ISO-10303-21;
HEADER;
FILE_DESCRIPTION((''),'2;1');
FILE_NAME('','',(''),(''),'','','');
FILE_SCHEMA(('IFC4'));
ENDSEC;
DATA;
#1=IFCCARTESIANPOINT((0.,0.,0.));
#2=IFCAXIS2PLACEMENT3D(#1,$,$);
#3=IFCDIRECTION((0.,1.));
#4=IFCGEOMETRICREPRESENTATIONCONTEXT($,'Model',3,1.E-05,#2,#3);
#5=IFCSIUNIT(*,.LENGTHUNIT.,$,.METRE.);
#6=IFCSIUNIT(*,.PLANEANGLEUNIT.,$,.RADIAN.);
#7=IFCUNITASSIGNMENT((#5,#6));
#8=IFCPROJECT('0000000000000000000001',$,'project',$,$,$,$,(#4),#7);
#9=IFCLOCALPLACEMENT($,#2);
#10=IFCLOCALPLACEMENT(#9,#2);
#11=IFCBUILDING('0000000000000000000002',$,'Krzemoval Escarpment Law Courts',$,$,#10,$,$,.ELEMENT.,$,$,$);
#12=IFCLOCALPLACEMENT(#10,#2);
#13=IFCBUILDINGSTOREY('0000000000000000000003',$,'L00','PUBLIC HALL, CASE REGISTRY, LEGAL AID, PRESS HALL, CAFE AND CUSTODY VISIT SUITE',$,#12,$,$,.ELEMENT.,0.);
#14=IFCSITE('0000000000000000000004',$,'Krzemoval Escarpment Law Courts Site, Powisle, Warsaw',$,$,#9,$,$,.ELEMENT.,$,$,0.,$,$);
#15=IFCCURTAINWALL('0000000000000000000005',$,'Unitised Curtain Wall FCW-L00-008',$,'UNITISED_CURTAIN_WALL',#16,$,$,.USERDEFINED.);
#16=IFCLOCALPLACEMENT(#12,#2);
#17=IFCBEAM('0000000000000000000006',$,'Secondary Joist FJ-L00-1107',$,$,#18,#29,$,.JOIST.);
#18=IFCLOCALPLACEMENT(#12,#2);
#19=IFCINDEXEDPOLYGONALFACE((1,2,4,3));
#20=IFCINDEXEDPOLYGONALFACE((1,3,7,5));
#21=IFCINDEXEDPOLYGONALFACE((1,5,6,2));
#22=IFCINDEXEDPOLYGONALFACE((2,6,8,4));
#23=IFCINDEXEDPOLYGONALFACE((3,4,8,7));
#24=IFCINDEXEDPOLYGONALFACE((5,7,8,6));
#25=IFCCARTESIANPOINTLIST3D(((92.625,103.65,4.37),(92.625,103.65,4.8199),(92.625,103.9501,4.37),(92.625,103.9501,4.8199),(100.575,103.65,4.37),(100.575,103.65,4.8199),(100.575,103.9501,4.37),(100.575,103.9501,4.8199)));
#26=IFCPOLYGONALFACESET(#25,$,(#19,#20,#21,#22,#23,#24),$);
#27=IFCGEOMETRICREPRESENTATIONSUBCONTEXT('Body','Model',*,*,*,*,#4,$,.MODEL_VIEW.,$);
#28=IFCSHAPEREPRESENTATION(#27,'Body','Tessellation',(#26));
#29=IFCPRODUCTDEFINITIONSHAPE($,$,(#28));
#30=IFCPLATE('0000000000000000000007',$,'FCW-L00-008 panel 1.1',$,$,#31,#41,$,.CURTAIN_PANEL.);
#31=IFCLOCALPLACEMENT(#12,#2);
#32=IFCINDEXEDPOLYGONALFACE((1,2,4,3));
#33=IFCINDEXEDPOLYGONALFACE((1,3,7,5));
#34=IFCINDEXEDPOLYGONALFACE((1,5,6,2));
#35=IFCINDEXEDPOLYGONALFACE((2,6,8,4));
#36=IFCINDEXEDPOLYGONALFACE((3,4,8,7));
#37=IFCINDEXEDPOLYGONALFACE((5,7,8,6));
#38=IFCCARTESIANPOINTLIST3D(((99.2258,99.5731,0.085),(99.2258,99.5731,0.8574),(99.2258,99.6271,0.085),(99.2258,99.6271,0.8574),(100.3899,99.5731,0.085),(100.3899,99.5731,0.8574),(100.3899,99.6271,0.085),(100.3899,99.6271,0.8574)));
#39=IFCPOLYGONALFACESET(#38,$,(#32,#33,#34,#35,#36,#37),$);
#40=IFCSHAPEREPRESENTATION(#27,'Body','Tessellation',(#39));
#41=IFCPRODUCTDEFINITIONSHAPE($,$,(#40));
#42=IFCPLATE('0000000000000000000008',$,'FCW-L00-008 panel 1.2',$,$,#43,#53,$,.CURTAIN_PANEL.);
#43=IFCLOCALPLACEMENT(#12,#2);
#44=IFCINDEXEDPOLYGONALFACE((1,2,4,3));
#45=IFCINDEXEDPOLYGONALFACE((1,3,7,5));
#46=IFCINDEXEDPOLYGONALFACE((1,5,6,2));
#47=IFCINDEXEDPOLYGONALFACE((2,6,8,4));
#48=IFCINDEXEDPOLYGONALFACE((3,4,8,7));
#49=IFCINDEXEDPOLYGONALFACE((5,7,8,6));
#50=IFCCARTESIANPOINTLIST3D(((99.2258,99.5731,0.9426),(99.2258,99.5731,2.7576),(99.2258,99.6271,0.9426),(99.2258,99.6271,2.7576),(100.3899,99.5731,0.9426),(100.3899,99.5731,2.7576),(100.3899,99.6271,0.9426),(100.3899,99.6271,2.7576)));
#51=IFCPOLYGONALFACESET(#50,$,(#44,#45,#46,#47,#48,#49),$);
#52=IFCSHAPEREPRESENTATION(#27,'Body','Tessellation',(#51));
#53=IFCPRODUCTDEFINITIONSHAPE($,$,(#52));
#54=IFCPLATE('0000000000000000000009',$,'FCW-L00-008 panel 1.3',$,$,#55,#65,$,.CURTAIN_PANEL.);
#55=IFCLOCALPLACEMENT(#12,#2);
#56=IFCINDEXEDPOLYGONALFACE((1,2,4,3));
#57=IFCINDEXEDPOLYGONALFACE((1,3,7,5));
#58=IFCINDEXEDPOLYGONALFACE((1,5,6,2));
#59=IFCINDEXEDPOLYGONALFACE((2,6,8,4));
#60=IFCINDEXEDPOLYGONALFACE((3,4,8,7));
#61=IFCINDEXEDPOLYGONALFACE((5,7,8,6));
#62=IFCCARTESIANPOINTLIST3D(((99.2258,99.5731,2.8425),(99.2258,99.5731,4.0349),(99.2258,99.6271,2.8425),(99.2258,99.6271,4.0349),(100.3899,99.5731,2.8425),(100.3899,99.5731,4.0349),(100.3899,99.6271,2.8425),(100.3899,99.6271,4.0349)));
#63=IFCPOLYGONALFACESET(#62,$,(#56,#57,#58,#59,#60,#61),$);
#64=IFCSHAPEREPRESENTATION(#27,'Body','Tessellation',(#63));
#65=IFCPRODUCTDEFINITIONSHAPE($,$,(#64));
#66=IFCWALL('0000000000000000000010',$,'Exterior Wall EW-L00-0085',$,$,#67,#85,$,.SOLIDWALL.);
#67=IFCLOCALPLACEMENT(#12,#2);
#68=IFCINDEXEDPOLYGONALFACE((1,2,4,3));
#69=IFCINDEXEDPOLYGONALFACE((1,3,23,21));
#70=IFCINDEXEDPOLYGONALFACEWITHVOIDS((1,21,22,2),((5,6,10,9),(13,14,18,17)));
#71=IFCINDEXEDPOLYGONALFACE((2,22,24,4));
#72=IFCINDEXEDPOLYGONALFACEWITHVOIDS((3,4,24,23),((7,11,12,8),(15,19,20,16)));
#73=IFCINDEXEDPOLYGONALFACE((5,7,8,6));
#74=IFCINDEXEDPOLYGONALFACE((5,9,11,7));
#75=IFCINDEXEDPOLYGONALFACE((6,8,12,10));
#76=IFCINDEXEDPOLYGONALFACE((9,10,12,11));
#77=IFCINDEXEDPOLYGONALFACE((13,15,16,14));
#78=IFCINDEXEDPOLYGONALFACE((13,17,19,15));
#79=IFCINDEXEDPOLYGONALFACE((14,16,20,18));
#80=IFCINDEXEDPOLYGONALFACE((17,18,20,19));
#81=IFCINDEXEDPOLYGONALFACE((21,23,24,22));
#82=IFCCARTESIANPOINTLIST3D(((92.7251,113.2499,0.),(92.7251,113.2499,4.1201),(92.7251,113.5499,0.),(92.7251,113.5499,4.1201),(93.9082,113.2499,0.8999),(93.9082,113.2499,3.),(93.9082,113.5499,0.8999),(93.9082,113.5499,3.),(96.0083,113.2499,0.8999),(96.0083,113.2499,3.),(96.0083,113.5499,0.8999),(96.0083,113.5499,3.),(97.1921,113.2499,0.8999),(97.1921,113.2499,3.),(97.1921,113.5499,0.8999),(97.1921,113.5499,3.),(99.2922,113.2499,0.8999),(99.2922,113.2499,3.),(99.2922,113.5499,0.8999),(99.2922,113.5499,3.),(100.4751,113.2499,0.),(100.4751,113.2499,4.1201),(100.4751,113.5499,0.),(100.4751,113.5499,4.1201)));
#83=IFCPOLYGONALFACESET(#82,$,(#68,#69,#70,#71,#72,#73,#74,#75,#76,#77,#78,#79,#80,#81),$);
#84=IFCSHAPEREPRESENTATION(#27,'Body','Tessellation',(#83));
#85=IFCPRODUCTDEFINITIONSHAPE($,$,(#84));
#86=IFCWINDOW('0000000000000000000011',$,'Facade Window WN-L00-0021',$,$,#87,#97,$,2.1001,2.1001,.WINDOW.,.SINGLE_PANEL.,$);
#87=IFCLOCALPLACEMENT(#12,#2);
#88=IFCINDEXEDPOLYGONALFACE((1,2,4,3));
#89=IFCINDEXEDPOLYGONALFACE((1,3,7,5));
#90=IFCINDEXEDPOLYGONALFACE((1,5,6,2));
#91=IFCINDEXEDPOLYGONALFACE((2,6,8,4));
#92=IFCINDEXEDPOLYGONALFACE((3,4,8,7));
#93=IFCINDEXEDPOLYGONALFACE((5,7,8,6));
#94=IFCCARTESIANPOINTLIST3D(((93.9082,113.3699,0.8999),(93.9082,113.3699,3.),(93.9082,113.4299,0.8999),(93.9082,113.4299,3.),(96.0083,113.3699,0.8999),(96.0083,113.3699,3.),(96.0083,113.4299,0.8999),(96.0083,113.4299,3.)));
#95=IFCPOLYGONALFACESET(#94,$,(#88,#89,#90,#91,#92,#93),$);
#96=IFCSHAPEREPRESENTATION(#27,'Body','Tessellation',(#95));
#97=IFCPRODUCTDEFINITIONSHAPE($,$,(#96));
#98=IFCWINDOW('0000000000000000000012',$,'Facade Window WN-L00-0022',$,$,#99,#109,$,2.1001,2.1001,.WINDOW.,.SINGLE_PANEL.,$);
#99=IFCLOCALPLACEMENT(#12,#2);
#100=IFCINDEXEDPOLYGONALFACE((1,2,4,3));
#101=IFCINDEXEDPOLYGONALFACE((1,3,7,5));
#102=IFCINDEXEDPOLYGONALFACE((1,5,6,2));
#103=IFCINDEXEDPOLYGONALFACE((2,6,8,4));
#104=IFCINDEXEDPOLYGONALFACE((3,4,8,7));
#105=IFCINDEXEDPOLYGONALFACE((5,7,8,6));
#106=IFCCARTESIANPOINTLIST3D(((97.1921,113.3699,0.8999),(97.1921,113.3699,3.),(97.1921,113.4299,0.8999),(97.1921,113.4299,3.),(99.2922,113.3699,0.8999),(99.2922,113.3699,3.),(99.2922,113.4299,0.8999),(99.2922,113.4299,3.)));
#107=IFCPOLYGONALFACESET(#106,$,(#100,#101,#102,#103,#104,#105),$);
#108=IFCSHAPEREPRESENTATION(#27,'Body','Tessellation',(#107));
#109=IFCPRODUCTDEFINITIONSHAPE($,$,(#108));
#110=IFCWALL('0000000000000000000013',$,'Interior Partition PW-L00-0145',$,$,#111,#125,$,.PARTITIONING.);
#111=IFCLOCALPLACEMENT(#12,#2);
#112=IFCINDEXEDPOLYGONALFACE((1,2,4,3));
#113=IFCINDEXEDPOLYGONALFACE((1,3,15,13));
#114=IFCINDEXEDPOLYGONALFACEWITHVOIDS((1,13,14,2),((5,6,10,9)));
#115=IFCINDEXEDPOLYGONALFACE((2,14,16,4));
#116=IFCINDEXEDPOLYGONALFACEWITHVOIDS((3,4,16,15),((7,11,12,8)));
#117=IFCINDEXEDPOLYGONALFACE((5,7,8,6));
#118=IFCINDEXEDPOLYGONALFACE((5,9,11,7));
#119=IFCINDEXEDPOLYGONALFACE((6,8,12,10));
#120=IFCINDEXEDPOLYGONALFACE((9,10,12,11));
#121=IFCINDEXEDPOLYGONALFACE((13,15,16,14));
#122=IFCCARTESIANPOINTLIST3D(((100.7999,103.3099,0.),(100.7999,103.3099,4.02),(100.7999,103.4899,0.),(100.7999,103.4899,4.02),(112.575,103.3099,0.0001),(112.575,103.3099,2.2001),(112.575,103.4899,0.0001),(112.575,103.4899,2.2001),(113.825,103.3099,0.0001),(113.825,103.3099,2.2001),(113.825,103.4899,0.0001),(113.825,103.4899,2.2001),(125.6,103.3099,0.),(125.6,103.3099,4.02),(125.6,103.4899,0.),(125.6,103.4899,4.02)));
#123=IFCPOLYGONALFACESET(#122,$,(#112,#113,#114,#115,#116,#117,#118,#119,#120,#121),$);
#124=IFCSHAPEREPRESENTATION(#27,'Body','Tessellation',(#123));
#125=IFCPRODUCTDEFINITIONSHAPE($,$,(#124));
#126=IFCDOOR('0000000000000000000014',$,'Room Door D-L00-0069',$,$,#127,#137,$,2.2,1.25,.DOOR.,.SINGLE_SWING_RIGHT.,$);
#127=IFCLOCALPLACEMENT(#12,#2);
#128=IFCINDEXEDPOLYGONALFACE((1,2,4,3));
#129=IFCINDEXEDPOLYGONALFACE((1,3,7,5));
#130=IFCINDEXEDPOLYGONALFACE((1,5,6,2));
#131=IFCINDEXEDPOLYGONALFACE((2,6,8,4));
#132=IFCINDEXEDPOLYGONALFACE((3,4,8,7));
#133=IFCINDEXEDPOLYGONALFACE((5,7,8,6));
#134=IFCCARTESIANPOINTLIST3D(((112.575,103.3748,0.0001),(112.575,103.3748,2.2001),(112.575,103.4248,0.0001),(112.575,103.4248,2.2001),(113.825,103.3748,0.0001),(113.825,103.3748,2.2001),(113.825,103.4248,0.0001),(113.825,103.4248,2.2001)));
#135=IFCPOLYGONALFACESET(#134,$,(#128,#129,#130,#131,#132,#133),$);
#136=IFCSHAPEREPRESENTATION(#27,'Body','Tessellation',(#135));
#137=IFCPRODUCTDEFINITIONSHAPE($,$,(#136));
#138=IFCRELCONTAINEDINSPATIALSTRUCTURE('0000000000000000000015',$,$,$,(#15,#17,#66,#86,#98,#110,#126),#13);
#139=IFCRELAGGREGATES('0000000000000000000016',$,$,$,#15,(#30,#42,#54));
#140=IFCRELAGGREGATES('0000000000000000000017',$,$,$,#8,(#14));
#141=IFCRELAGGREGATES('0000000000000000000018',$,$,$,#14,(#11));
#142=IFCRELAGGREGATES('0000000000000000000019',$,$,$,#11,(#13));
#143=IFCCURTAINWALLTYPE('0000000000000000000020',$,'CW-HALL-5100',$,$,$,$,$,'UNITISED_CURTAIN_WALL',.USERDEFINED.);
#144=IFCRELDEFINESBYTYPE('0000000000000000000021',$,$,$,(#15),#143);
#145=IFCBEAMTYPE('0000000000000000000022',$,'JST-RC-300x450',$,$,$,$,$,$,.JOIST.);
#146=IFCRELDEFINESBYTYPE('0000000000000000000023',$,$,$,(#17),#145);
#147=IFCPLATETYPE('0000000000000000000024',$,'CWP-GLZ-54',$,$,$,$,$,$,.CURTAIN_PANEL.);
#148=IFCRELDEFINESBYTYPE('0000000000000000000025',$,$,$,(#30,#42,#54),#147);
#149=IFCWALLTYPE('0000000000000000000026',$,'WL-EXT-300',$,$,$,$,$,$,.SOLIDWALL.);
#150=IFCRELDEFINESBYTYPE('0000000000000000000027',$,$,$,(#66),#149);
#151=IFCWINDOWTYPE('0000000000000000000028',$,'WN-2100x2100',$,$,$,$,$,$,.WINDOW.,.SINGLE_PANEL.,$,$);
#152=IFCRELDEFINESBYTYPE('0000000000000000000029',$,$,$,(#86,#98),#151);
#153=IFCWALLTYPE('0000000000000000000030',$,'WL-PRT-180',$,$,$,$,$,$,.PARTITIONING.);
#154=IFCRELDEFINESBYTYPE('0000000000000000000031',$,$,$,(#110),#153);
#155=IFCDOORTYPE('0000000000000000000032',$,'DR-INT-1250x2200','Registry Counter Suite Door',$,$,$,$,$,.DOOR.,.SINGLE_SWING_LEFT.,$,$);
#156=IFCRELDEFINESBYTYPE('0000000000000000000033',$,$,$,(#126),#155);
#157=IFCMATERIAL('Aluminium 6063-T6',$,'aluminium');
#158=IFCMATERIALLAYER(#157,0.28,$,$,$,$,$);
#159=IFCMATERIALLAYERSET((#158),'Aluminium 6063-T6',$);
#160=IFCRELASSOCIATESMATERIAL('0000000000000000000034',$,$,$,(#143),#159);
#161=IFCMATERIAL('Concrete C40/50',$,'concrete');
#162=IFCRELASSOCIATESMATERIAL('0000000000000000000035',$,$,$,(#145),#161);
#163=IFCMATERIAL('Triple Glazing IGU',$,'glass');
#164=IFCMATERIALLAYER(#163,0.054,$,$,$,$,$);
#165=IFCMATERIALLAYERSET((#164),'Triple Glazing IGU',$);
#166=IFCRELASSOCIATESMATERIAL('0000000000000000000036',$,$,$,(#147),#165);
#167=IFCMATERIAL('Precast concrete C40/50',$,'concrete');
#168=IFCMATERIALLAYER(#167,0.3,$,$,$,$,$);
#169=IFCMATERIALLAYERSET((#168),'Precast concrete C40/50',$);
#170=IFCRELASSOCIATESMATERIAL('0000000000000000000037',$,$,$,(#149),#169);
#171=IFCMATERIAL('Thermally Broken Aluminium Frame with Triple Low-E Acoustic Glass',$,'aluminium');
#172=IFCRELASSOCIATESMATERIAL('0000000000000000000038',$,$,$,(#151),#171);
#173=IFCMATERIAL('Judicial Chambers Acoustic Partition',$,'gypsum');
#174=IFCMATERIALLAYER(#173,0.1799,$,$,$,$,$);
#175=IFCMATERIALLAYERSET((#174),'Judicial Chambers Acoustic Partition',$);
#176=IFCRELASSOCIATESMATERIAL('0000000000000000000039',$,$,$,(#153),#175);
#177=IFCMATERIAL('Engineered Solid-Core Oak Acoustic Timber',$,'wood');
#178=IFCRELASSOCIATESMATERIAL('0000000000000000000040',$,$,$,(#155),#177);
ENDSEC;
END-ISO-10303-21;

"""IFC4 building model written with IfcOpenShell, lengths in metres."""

from ifc_helpers import new_model, si_unit, direction, frame, frame_2d, origin, origin_2d, place, context, subcontext, project, spatial, rectangle, extrude, material, layer, layer_set, material_profile, profile_set, type_object, element, fill, aggregate, save


model = new_model("IFC4")

# Units and contexts
model_context = context("Model", 3, precision=1e-05, world=origin(), true_north=direction((0.0, 1.0)))
body_context = subcontext(model_context, "Body", "Model", "MODEL_VIEW")
ifc_project = project(units=[si_unit("LENGTHUNIT", "METRE"), si_unit("PLANEANGLEUNIT", "RADIAN")], contexts=[model_context])

# Site, building, storey
site_placement = place(None, origin())
site = spatial("IfcSite", under=ifc_project, at=site_placement, Name="Krzemoval Escarpment Law Courts Site, Powisle, Warsaw", CompositionType="ELEMENT", RefElevation=0.0)
building_placement = place(site_placement, origin())
building = spatial("IfcBuilding", under=site, at=building_placement, Name="Krzemoval Escarpment Law Courts", CompositionType="ELEMENT")
storey_placement = place(building_placement, origin())
storey = spatial("IfcBuildingStorey", under=building, at=storey_placement, Name="L00", Description="PUBLIC HALL, CASE REGISTRY, LEGAL AID, PRESS HALL, CAFE AND CUSTODY VISIT SUITE", CompositionType="ELEMENT", Elevation=0.0)

# Curtain wall
ifc_material_1 = material(Name="Aluminium 6063-T6", Category="aluminium")
ifc_layer_1 = layer(ifc_material_1, 0.28)
ifc_layer_set_1 = layer_set([ifc_layer_1], Name="Aluminium 6063-T6")
curtain_wall_type = type_object("IfcCurtainWallType", Name="CW-HALL-5100", ElementType="UNITISED_CURTAIN_WALL", PredefinedType="USERDEFINED", material=ifc_layer_set_1)
curtain_wall_placement = place(storey_placement, origin())
curtain_wall = element("IfcCurtainWall", 1, at=curtain_wall_placement, inside=storey, type_object=curtain_wall_type, Name="Unitised Curtain Wall FCW-L00-008", ObjectType="UNITISED_CURTAIN_WALL", PredefinedType="USERDEFINED")

# Beam
ifc_material_2 = material(Name="Concrete C40/50", Category="concrete")
ifc_material_profile_1 = material_profile(ifc_material_2, rectangle(XDim=0.3, YDim=0.45, at=origin_2d()), Name="RCB 300x450")
ifc_profile_set_1 = profile_set([ifc_material_profile_1], Name="Concrete C40/50")
beam_type_1 = type_object("IfcBeamType", Name="JST-RC-300x450", PredefinedType="JOIST", material=ifc_profile_set_1)
beam_1_placement = place(storey_placement, frame((92.625, 103.8, 4.595), z_axis=(1.0, 0.0, 0.0), x_axis=(0.0, 1.0, 0.0)))
element("IfcBeam", 2, at=beam_1_placement, inside=storey, type_object=beam_type_1, Name="Secondary Joist FJ-L00-1107", PredefinedType="JOIST", context=body_context, shape_type="SweptSolid", body=[
    extrude(rectangle(XDim=0.3, YDim=0.45, at=origin_2d()), origin(), (0.0, 0.0, 1.0), 7.95),
])

# Plates
ifc_material_3 = material(Name="Triple Glazing IGU", Category="glass")
ifc_layer_2 = layer(ifc_material_3, 0.054)
ifc_layer_set_2 = layer_set([ifc_layer_2], Name="Triple Glazing IGU")
plate_type = type_object("IfcPlateType", Name="CWP-GLZ-54", PredefinedType="CURTAIN_PANEL", material=ifc_layer_set_2)
plate_1_placement = place(storey_placement, frame((99.8079, 99.6001, 0.085), z_axis=(0.0, 0.0, 1.0), x_axis=(-1.0, 0.0, 0.0)))
plate_1 = element("IfcPlate", 3, at=plate_1_placement, type_object=plate_type, Name="FCW-L00-008 panel 1.1", PredefinedType="CURTAIN_PANEL", context=body_context, shape_type="SweptSolid", body=[
    extrude(rectangle(XDim=1.1641, YDim=0.054, at=origin_2d()), origin(), (0.0, 0.0, 1.0), 0.7725),
])
plate_2_placement = place(storey_placement, frame((99.8079, 99.6001, 0.9426), z_axis=(0.0, 0.0, 1.0), x_axis=(-1.0, 0.0, 0.0)))
plate_2 = element("IfcPlate", 4, at=plate_2_placement, type_object=plate_type, Name="FCW-L00-008 panel 1.2", PredefinedType="CURTAIN_PANEL", context=body_context, shape_type="SweptSolid", body=[
    extrude(rectangle(XDim=1.1641, YDim=0.054, at=origin_2d()), origin(), (0.0, 0.0, 1.0), 1.8149),
])
plate_3_placement = place(storey_placement, frame((99.8079, 99.6001, 2.8425), z_axis=(0.0, 0.0, 1.0), x_axis=(-1.0, 0.0, 0.0)))
plate_3 = element("IfcPlate", 5, at=plate_3_placement, type_object=plate_type, Name="FCW-L00-008 panel 1.3", PredefinedType="CURTAIN_PANEL", context=body_context, shape_type="SweptSolid", body=[
    extrude(rectangle(XDim=1.1641, YDim=0.054, at=origin_2d()), origin(), (0.0, 0.0, 1.0), 1.1924),
])
aggregate(curtain_wall, [plate_1, plate_2, plate_3])

# Wall, openings, windows
ifc_material_4 = material(Name="Precast concrete C40/50", Category="concrete")
ifc_layer_3 = layer(ifc_material_4, 0.3)
ifc_layer_set_3 = layer_set([ifc_layer_3], Name="Precast concrete C40/50")
wall_type_1 = type_object("IfcWallType", Name="WL-EXT-300", PredefinedType="SOLIDWALL", material=ifc_layer_set_3)
wall_1_placement = place(storey_placement, frame((92.7251, 113.3999, 0.0), z_axis=(0.0, 0.0, 1.0), x_axis=(1.0, 0.0, 0.0)))
wall_1 = element("IfcWall", 6, at=wall_1_placement, inside=storey, type_object=wall_type_1, Name="Exterior Wall EW-L00-0085", PredefinedType="SOLIDWALL", context=body_context, shape_type="SweptSolid", body=[
    extrude(rectangle(XDim=7.75, YDim=0.3, at=frame_2d((3.875, 0.0))), origin(), (0.0, 0.0, 1.0), 4.1201),
])
opening_1_placement = place(wall_1_placement, frame((1.1831, 0.0, 0.8999)))
opening_1 = element("IfcOpeningElement", 7, at=opening_1_placement, cuts=wall_1, PredefinedType="OPENING", context=body_context, shape_type="SweptSolid", body=[
    extrude(rectangle(XDim=2.1001, YDim=2.1001, at=frame_2d((1.05, 1.05))), frame((0.0, 0.165, 0.0), z_axis=(0.0, -1.0, 0.0), x_axis=(1.0, 0.0, 0.0)), (0.0, 0.0, 1.0), 0.3301),
])
opening_2_placement = place(wall_1_placement, frame((4.467, 0.0, 0.8999)))
opening_2 = element("IfcOpeningElement", 8, at=opening_2_placement, cuts=wall_1, PredefinedType="OPENING", context=body_context, shape_type="SweptSolid", body=[
    extrude(rectangle(XDim=2.1001, YDim=2.1001, at=frame_2d((1.05, 1.05))), frame((0.0, 0.165, 0.0), z_axis=(0.0, -1.0, 0.0), x_axis=(1.0, 0.0, 0.0)), (0.0, 0.0, 1.0), 0.3301),
])
ifc_material_5 = material(Name="Thermally Broken Aluminium Frame with Triple Low-E Acoustic Glass", Category="aluminium")
window_type = type_object("IfcWindowType", Name="WN-2100x2100", PartitioningType="SINGLE_PANEL", PredefinedType="WINDOW", material=ifc_material_5)
window_1_placement = place(opening_1_placement, origin())
window_1 = element("IfcWindow", 9, at=window_1_placement, inside=storey, type_object=window_type, Name="Facade Window WN-L00-0021", OverallHeight=2.1001, OverallWidth=2.1001, PartitioningType="SINGLE_PANEL", PredefinedType="WINDOW", context=body_context, shape_type="SweptSolid", body=[
    extrude(rectangle(XDim=2.1001, YDim=2.1001, at=frame_2d((1.05, 1.05))), frame((0.0, 0.03, 0.0), z_axis=(0.0, -1.0, 0.0), x_axis=(1.0, 0.0, 0.0)), (0.0, 0.0, 1.0), 0.0601),
])
fill(opening_1, window_1)
window_2_placement = place(opening_2_placement, origin())
window_2 = element("IfcWindow", 10, at=window_2_placement, inside=storey, type_object=window_type, Name="Facade Window WN-L00-0022", OverallHeight=2.1001, OverallWidth=2.1001, PartitioningType="SINGLE_PANEL", PredefinedType="WINDOW", context=body_context, shape_type="SweptSolid", body=[
    extrude(rectangle(XDim=2.1001, YDim=2.1001, at=frame_2d((1.05, 1.05))), frame((0.0, 0.03, 0.0), z_axis=(0.0, -1.0, 0.0), x_axis=(1.0, 0.0, 0.0)), (0.0, 0.0, 1.0), 0.0601),
])
fill(opening_2, window_2)

# Wall, opening, door
ifc_material_6 = material(Name="Judicial Chambers Acoustic Partition", Category="gypsum")
ifc_layer_4 = layer(ifc_material_6, 0.1799)
ifc_layer_set_4 = layer_set([ifc_layer_4], Name="Judicial Chambers Acoustic Partition")
wall_type_2 = type_object("IfcWallType", Name="WL-PRT-180", PredefinedType="PARTITIONING", material=ifc_layer_set_4)
wall_2_placement = place(storey_placement, frame((100.8, 103.3999, 0.0), z_axis=(0.0, 0.0, 1.0), x_axis=(1.0, 0.0, 0.0)))
wall_2 = element("IfcWall", 11, at=wall_2_placement, inside=storey, type_object=wall_type_2, Name="Interior Partition PW-L00-0145", PredefinedType="PARTITIONING", context=body_context, shape_type="SweptSolid", body=[
    extrude(rectangle(XDim=24.8, YDim=0.1799, at=frame_2d((12.3999, 0.0))), origin(), (0.0, 0.0, 1.0), 4.02),
])
opening_3_placement = place(wall_2_placement, frame((11.7749, 0.0, 0.0)))
opening_3 = element("IfcOpeningElement", 12, at=opening_3_placement, cuts=wall_2, PredefinedType="OPENING", context=body_context, shape_type="SweptSolid", body=[
    extrude(rectangle(XDim=1.25, YDim=2.2, at=frame_2d((0.625, 1.1001))), frame((0.0, 0.105, 0.0), z_axis=(0.0, -1.0, 0.0), x_axis=(1.0, 0.0, 0.0)), (0.0, 0.0, 1.0), 0.2099),
])
ifc_material_7 = material(Name="Engineered Solid-Core Oak Acoustic Timber", Category="wood")
door_type = type_object("IfcDoorType", Name="DR-INT-1250x2200", Description="Registry Counter Suite Door", OperationType="SINGLE_SWING_LEFT", PredefinedType="DOOR", material=ifc_material_7)
door_placement = place(opening_3_placement, origin())
door = element("IfcDoor", 13, at=door_placement, inside=storey, type_object=door_type, Name="Room Door D-L00-0069", OperationType="SINGLE_SWING_RIGHT", OverallHeight=2.2, OverallWidth=1.25, PredefinedType="DOOR", context=body_context, shape_type="SweptSolid", body=[
    extrude(rectangle(XDim=1.25, YDim=2.2, at=frame_2d((0.625, 1.1001))), frame((0.0, 0.0249, 0.0), z_axis=(0.0, -1.0, 0.0), x_axis=(1.0, 0.0, 0.0)), (0.0, 0.0, 1.0), 0.05),
])
fill(opening_3, door)

save(model, "model.ifc")
